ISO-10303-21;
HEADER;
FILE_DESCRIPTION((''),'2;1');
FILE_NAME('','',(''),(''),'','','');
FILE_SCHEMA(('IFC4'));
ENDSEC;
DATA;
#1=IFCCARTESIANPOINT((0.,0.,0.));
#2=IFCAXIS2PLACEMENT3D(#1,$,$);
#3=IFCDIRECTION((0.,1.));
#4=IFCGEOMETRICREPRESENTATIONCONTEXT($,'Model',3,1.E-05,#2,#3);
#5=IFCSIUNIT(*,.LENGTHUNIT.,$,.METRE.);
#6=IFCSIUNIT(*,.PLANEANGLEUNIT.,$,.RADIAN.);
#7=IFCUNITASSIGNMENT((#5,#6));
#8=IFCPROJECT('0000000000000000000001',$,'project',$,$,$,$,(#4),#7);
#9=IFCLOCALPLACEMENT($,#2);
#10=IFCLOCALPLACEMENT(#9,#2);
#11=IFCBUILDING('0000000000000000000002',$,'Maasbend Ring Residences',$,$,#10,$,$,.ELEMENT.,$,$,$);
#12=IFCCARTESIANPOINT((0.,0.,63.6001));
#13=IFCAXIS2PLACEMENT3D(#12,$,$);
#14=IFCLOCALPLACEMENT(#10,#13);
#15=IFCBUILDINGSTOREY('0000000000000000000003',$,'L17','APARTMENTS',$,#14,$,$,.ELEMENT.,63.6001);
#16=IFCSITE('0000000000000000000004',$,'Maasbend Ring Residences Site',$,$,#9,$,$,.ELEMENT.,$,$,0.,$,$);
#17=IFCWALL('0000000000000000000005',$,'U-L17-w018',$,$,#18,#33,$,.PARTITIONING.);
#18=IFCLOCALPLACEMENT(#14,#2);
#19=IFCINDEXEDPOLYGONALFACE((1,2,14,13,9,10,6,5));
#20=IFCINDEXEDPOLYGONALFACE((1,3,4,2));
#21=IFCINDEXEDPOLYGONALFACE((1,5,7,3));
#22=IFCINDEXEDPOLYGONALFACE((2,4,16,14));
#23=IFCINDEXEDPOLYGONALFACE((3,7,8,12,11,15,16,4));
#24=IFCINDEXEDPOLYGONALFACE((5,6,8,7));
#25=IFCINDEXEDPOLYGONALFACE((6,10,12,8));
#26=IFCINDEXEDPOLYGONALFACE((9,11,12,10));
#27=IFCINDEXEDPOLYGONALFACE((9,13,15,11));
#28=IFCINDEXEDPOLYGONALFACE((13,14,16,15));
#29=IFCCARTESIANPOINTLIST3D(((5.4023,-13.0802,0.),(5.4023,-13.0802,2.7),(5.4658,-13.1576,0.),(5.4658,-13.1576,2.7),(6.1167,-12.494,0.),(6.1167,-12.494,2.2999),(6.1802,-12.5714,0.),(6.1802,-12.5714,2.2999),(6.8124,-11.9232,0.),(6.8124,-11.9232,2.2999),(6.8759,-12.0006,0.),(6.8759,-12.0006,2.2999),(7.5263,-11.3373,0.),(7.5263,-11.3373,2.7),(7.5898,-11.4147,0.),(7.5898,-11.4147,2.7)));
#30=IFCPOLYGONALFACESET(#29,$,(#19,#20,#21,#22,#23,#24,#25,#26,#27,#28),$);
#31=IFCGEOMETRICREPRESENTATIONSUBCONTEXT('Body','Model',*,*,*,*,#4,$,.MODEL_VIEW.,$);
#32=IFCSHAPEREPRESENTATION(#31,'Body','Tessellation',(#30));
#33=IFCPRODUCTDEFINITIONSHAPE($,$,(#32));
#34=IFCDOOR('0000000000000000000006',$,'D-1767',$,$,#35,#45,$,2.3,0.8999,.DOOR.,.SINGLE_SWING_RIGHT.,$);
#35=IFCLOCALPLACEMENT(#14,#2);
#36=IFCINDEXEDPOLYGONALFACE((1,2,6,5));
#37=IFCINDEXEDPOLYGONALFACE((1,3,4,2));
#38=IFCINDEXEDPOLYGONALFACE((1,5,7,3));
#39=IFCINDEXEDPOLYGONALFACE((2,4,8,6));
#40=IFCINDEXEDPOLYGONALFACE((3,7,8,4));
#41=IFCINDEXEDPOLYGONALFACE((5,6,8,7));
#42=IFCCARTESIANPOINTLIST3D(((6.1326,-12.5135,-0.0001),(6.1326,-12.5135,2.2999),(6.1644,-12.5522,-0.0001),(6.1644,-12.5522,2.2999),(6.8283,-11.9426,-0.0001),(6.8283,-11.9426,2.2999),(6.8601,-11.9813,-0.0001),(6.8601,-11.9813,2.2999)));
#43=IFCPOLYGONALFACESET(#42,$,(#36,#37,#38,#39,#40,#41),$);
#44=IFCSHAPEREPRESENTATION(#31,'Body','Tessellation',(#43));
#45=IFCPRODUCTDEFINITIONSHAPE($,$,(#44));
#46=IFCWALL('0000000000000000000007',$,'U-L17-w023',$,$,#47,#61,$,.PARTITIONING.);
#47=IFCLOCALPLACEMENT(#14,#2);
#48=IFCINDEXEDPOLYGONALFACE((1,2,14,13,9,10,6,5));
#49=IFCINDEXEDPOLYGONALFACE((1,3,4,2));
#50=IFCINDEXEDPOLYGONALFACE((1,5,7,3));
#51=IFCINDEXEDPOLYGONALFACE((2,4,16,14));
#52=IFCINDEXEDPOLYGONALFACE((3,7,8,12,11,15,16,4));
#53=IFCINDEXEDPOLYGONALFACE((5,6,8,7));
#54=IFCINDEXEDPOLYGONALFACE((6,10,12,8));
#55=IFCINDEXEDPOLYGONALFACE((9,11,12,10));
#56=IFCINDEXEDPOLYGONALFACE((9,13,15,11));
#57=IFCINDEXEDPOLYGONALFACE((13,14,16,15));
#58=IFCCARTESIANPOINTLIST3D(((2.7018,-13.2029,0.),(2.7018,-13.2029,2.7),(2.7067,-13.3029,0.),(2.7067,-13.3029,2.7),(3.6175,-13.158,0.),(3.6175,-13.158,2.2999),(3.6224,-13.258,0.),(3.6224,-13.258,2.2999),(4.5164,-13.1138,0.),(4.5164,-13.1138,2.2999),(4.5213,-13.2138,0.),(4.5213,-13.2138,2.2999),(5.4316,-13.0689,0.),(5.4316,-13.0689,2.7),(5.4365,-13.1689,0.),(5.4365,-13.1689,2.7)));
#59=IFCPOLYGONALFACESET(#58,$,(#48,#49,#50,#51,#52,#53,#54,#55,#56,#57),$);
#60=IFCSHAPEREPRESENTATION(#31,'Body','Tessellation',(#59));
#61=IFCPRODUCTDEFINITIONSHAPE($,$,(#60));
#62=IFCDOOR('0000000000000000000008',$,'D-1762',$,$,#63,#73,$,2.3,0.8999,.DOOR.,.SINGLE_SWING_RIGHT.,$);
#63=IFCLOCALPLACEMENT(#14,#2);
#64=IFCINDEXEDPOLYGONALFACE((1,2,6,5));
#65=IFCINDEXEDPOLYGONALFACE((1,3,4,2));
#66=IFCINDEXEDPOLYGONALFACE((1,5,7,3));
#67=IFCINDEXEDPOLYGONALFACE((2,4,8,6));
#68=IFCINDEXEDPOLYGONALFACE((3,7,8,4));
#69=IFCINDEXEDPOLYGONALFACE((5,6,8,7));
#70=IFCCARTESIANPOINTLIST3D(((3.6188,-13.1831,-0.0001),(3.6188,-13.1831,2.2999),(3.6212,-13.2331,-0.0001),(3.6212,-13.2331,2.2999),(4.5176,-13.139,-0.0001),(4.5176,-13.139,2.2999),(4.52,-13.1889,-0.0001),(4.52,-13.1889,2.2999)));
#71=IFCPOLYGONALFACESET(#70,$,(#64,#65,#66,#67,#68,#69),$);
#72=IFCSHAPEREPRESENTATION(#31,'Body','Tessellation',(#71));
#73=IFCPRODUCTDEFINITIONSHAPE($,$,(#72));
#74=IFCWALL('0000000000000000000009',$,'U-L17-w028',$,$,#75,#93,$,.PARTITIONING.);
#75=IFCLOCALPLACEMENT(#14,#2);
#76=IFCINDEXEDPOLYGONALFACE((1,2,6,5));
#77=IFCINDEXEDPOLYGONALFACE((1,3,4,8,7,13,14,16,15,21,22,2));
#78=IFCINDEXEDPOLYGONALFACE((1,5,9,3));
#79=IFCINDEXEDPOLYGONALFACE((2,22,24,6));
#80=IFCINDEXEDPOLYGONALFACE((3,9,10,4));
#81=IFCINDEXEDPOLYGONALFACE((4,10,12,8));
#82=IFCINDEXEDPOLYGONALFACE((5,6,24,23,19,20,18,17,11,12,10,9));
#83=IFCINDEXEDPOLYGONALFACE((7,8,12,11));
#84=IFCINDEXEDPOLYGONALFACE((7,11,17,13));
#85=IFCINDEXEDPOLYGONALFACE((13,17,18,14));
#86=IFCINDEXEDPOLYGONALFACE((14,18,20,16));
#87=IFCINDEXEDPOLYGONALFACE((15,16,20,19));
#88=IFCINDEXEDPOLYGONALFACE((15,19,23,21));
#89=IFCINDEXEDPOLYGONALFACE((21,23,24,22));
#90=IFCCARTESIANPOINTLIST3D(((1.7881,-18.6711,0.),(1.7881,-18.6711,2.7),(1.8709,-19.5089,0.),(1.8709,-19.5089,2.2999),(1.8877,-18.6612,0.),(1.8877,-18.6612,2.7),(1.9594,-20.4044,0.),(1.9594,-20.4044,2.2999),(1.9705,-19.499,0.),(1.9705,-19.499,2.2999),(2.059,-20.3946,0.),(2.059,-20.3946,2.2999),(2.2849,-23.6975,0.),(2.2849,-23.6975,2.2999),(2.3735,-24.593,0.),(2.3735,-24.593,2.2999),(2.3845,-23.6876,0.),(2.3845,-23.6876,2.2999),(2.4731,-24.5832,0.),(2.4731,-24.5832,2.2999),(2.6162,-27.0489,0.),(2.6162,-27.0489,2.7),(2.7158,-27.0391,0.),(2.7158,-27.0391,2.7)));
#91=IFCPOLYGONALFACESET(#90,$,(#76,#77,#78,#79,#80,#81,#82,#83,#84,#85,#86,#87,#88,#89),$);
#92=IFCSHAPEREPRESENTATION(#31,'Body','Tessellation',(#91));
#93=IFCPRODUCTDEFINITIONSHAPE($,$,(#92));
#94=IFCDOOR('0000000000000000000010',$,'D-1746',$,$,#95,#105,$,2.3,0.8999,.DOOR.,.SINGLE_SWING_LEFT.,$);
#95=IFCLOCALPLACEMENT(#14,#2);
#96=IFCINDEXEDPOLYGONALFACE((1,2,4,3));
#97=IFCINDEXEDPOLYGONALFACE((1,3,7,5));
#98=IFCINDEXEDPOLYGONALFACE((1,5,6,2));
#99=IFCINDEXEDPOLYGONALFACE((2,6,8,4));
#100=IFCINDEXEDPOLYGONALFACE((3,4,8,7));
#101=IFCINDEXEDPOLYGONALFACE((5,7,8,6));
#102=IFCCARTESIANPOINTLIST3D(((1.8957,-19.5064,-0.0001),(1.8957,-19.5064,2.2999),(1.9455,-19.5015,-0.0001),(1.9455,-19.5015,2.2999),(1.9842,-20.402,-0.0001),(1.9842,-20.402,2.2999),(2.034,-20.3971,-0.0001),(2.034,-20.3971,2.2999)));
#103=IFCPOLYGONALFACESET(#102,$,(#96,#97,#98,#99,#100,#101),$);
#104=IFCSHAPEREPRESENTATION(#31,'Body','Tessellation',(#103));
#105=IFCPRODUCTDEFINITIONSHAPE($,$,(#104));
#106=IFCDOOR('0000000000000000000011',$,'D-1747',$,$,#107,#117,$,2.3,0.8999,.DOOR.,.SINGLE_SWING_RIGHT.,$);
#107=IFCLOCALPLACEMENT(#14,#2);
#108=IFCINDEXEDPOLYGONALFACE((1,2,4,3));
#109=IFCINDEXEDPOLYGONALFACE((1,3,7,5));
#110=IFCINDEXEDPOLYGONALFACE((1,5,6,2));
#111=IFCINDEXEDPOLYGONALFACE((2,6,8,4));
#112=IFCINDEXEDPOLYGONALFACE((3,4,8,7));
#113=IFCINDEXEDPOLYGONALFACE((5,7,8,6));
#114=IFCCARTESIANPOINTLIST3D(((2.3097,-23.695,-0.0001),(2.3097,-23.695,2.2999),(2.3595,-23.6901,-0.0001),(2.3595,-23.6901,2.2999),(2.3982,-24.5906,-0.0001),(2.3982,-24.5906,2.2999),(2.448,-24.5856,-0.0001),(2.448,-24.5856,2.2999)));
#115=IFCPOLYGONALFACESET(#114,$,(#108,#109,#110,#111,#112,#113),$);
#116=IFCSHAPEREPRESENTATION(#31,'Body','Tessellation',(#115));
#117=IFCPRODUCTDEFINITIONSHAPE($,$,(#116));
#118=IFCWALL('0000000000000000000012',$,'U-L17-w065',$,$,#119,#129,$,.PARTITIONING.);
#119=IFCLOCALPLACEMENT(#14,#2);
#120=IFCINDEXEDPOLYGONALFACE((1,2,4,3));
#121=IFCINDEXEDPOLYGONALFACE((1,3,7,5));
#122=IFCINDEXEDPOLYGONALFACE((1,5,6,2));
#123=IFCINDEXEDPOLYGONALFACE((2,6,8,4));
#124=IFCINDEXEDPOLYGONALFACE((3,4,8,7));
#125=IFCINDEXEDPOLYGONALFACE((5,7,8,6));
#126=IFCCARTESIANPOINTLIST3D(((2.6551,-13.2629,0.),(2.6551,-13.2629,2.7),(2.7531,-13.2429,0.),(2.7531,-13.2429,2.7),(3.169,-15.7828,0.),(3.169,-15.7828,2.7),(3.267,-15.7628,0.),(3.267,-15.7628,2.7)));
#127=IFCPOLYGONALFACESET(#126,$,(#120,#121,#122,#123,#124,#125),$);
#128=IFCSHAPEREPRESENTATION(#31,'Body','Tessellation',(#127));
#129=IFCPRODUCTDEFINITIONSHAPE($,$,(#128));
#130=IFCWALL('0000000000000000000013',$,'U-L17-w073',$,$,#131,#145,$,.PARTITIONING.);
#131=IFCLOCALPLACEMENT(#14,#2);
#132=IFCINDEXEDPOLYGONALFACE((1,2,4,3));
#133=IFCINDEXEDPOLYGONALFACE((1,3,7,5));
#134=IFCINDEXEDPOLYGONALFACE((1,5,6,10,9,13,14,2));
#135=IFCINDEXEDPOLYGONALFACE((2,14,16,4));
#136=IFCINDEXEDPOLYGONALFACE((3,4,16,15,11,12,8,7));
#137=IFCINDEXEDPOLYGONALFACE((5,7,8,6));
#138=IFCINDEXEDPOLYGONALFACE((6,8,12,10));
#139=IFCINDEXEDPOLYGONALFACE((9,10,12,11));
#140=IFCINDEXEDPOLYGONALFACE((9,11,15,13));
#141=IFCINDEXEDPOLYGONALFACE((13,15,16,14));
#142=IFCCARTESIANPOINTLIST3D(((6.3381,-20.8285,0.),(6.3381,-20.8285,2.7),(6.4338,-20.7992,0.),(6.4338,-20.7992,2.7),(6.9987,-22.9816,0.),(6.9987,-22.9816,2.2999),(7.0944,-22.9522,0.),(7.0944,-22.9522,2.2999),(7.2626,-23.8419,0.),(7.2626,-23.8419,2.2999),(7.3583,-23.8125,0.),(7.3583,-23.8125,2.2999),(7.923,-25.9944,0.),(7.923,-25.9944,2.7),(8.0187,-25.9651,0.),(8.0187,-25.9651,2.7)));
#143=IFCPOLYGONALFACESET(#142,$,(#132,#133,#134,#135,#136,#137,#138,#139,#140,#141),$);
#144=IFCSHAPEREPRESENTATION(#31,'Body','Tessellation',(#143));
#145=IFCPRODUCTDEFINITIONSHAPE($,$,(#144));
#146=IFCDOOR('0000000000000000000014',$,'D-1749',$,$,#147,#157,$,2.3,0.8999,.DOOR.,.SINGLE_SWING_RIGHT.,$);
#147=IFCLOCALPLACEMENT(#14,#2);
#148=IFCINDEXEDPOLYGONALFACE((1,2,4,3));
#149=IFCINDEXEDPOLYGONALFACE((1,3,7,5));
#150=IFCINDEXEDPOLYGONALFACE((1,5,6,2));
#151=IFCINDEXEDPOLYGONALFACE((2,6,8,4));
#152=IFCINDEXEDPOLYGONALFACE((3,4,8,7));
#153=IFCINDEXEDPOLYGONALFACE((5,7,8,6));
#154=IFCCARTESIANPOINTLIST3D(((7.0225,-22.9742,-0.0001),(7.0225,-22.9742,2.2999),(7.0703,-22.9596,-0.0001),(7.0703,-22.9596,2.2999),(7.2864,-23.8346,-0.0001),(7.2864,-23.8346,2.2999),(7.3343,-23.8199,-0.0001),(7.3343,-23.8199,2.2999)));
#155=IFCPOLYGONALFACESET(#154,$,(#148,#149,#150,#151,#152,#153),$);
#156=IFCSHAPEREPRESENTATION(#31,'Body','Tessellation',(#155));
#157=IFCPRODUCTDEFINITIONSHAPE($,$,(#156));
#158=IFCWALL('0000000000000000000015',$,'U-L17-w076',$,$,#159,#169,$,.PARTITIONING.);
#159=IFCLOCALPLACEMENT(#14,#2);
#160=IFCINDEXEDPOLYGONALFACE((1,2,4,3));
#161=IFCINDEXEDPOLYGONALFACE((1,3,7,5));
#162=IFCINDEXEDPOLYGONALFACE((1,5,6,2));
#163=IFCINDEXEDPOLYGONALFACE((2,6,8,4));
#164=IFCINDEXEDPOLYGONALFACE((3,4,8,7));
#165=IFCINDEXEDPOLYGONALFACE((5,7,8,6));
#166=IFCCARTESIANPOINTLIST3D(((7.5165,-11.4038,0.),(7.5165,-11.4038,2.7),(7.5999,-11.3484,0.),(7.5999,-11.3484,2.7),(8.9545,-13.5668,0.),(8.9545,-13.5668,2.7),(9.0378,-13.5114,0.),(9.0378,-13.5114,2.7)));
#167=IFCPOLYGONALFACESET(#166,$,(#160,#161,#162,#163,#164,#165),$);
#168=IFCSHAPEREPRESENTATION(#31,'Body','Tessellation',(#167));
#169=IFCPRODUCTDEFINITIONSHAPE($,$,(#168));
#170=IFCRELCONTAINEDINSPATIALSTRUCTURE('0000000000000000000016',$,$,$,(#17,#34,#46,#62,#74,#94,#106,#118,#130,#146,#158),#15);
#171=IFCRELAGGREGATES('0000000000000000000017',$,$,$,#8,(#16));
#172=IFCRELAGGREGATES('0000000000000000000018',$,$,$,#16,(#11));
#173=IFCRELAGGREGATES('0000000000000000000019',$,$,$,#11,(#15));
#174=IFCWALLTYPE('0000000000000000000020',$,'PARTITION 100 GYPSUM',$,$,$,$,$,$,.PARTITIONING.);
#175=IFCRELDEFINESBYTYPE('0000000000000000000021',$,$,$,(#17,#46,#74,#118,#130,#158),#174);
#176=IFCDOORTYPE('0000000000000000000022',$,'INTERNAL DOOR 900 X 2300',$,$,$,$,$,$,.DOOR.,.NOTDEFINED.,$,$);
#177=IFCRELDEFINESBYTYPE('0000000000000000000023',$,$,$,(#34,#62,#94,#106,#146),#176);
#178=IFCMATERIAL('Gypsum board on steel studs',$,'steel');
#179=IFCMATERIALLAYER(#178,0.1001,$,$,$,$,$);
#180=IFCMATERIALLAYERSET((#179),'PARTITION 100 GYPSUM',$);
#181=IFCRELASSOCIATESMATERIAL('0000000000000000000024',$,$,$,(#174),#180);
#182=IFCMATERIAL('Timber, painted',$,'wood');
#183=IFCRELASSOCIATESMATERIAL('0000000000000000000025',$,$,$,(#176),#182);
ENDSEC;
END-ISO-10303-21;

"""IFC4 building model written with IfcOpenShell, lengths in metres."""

from ifc_helpers import new_model, si_unit, direction, frame, frame_2d, origin, place, context, subcontext, project, spatial, rectangle, extrude, material, layer, layer_set, type_object, element, fill, save


model = new_model("IFC4")

# Units and contexts
model_context = context("Model", 3, precision=1e-05, world=origin(), true_north=direction((0.0, 1.0)))
body_context = subcontext(model_context, "Body", "Model", "MODEL_VIEW")
ifc_project = project(units=[si_unit("LENGTHUNIT", "METRE"), si_unit("PLANEANGLEUNIT", "RADIAN")], contexts=[model_context])

# Site, building, storey
site_placement = place(None, origin())
site = spatial("IfcSite", under=ifc_project, at=site_placement, Name="Maasbend Ring Residences Site", CompositionType="ELEMENT", RefElevation=0.0)
building_placement = place(site_placement, origin())
building = spatial("IfcBuilding", under=site, at=building_placement, Name="Maasbend Ring Residences", CompositionType="ELEMENT")
storey_placement = place(building_placement, frame((0.0, 0.0, 63.6001)))
storey = spatial("IfcBuildingStorey", under=building, at=storey_placement, Name="L17", Description="APARTMENTS", CompositionType="ELEMENT", Elevation=63.6001)

# Shared definitions
ifc_material_1 = material(Name="Gypsum board on steel studs", Category="steel")
ifc_layer_1 = layer(ifc_material_1, 0.1001)
ifc_layer_set_1 = layer_set([ifc_layer_1], Name="PARTITION 100 GYPSUM")
wall_type_1 = type_object("IfcWallType", Name="PARTITION 100 GYPSUM", PredefinedType="PARTITIONING", material=ifc_layer_set_1)

# Walls, openings, doors
wall_1_placement = place(storey_placement, frame((5.4341, -13.1189, 0.0), z_axis=(0.0, 0.0, 1.0), x_axis=(0.77305, 0.634345, 0.0)))
wall_1 = element("IfcWall", 1, at=wall_1_placement, inside=storey, type_object=wall_type_1, Name="U-L17-w018", PredefinedType="PARTITIONING", context=body_context, shape_type="SweptSolid", body=[
    extrude(rectangle(XDim=2.7476, YDim=0.1001, at=frame_2d((1.3738, 0.0))), origin(), (0.0, 0.0, 1.0), 2.7),
])
opening_1_placement = place(wall_1_placement, frame((0.9241, 0.0, 0.0)))
opening_1 = element("IfcOpeningElement", 2, at=opening_1_placement, cuts=wall_1, PredefinedType="OPENING", context=body_context, shape_type="SweptSolid", body=[
    extrude(rectangle(XDim=0.8999, YDim=2.3, at=frame_2d((0.45, 1.1499))), frame((0.0, 0.0601, 0.0), z_axis=(0.0, -1.0, 0.0), x_axis=(1.0, 0.0, 0.0)), (0.0, 0.0, 1.0), 0.1201),
])
ifc_material_2 = material(Name="Timber, painted", Category="wood")
door_type_1 = type_object("IfcDoorType", Name="INTERNAL DOOR 900 X 2300", OperationType="NOTDEFINED", PredefinedType="DOOR", material=ifc_material_2)
door_1_placement = place(opening_1_placement, origin())
door_1 = element("IfcDoor", 3, at=door_1_placement, inside=storey, type_object=door_type_1, Name="D-1767", OperationType="SINGLE_SWING_RIGHT", OverallHeight=2.3, OverallWidth=0.8999, PredefinedType="DOOR", context=body_context, shape_type="SweptSolid", body=[
    extrude(rectangle(XDim=0.8999, YDim=2.3, at=frame_2d((0.45, 1.1499))), frame((0.0, 0.0249, 0.0), z_axis=(0.0, -1.0, 0.0), x_axis=(1.0, 0.0, 0.0)), (0.0, 0.0, 1.0), 0.05),
])
fill(opening_1, door_1)
wall_2_placement = place(storey_placement, frame((2.7041, -13.2529, 0.0), z_axis=(0.0, 0.0, 1.0), x_axis=(0.998797, 0.049038, 0.0)))
wall_2 = element("IfcWall", 4, at=wall_2_placement, inside=storey, type_object=wall_type_1, Name="U-L17-w023", PredefinedType="PARTITIONING", context=body_context, shape_type="SweptSolid", body=[
    extrude(rectangle(XDim=2.7332, YDim=0.1001, at=frame_2d((1.3667, 0.0))), origin(), (0.0, 0.0, 1.0), 2.7),
])
opening_2_placement = place(wall_2_placement, frame((0.917, 0.0, 0.0)))
opening_2 = element("IfcOpeningElement", 5, at=opening_2_placement, cuts=wall_2, PredefinedType="OPENING", context=body_context, shape_type="SweptSolid", body=[
    extrude(rectangle(XDim=0.8999, YDim=2.3, at=frame_2d((0.45, 1.1499))), frame((0.0, 0.0601, 0.0), z_axis=(0.0, -1.0, 0.0), x_axis=(1.0, 0.0, 0.0)), (0.0, 0.0, 1.0), 0.1201),
])
door_2_placement = place(opening_2_placement, origin())
door_2 = element("IfcDoor", 6, at=door_2_placement, inside=storey, type_object=door_type_1, Name="D-1762", OperationType="SINGLE_SWING_RIGHT", OverallHeight=2.3, OverallWidth=0.8999, PredefinedType="DOOR", context=body_context, shape_type="SweptSolid", body=[
    extrude(rectangle(XDim=0.8999, YDim=2.3, at=frame_2d((0.45, 1.1499))), frame((0.0, 0.0249, 0.0), z_axis=(0.0, -1.0, 0.0), x_axis=(1.0, 0.0, 0.0)), (0.0, 0.0, 1.0), 0.05),
])
fill(opening_2, door_2)

# Wall, openings, doors
wall_3_placement = place(storey_placement, frame((1.8379, -18.666, 0.0), z_axis=(0.0, 0.0, 1.0), x_axis=(0.098367, -0.99515, 0.0)))
wall_3 = element("IfcWall", 7, at=wall_3_placement, inside=storey, type_object=wall_type_1, Name="U-L17-w028", PredefinedType="PARTITIONING", context=body_context, shape_type="SweptSolid", body=[
    extrude(rectangle(XDim=8.4187, YDim=0.1001, at=frame_2d((4.2095, 0.0))), origin(), (0.0, 0.0, 1.0), 2.7),
])
opening_3_placement = place(wall_3_placement, frame((0.842, 0.0, 0.0)))
opening_3 = element("IfcOpeningElement", 8, at=opening_3_placement, cuts=wall_3, PredefinedType="OPENING", context=body_context, shape_type="SweptSolid", body=[
    extrude(rectangle(XDim=0.8999, YDim=2.3, at=frame_2d((0.45, 1.1499))), frame((0.0, 0.0601, 0.0), z_axis=(0.0, -1.0, 0.0), x_axis=(1.0, 0.0, 0.0)), (0.0, 0.0, 1.0), 0.1201),
])
opening_4_placement = place(wall_3_placement, frame((5.051, 0.0, 0.0)))
opening_4 = element("IfcOpeningElement", 9, at=opening_4_placement, cuts=wall_3, PredefinedType="OPENING", context=body_context, shape_type="SweptSolid", body=[
    extrude(rectangle(XDim=0.8999, YDim=2.3, at=frame_2d((0.45, 1.1499))), frame((0.0, 0.0601, 0.0), z_axis=(0.0, -1.0, 0.0), x_axis=(1.0, 0.0, 0.0)), (0.0, 0.0, 1.0), 0.1201),
])
door_3_placement = place(opening_3_placement, origin())
door_3 = element("IfcDoor", 10, at=door_3_placement, inside=storey, type_object=door_type_1, Name="D-1746", OperationType="SINGLE_SWING_LEFT", OverallHeight=2.3, OverallWidth=0.8999, PredefinedType="DOOR", context=body_context, shape_type="SweptSolid", body=[
    extrude(rectangle(XDim=0.8999, YDim=2.3, at=frame_2d((0.45, 1.1499))), frame((0.0, 0.0249, 0.0), z_axis=(0.0, -1.0, 0.0), x_axis=(1.0, 0.0, 0.0)), (0.0, 0.0, 1.0), 0.05),
])
fill(opening_3, door_3)
door_4_placement = place(opening_4_placement, origin())
door_4 = element("IfcDoor", 11, at=door_4_placement, inside=storey, type_object=door_type_1, Name="D-1747", OperationType="SINGLE_SWING_RIGHT", OverallHeight=2.3, OverallWidth=0.8999, PredefinedType="DOOR", context=body_context, shape_type="SweptSolid", body=[
    extrude(rectangle(XDim=0.8999, YDim=2.3, at=frame_2d((0.45, 1.1499))), frame((0.0, 0.0249, 0.0), z_axis=(0.0, -1.0, 0.0), x_axis=(1.0, 0.0, 0.0)), (0.0, 0.0, 1.0), 0.05),
])
fill(opening_4, door_4)

# Wall
wall_4_placement = place(storey_placement, frame((2.7041, -13.2529, 0.0), z_axis=(0.0, 0.0, 1.0), x_axis=(0.199821, -0.979833, 0.0)))
element("IfcWall", 12, at=wall_4_placement, inside=storey, type_object=wall_type_1, Name="U-L17-w065", PredefinedType="PARTITIONING", context=body_context, shape_type="SweptSolid", body=[
    extrude(rectangle(XDim=2.5718, YDim=0.1001, at=frame_2d((1.2859, 0.0))), origin(), (0.0, 0.0, 1.0), 2.7),
])

# Wall, opening, door
wall_5_placement = place(storey_placement, frame((6.386, -20.814, 0.0), z_axis=(0.0, 0.0, 1.0), x_axis=(0.293311, -0.956017, 0.0)))
wall_5 = element("IfcWall", 13, at=wall_5_placement, inside=storey, type_object=wall_type_1, Name="U-L17-w073", PredefinedType="PARTITIONING", context=body_context, shape_type="SweptSolid", body=[
    extrude(rectangle(XDim=5.4036, YDim=0.1001, at=frame_2d((2.7017, 0.0))), origin(), (0.0, 0.0, 1.0), 2.7),
])
opening_5_placement = place(wall_5_placement, frame((2.252, 0.0, 0.0)))
opening_5 = element("IfcOpeningElement", 14, at=opening_5_placement, cuts=wall_5, PredefinedType="OPENING", context=body_context, shape_type="SweptSolid", body=[
    extrude(rectangle(XDim=0.8999, YDim=2.3, at=frame_2d((0.45, 1.1499))), frame((0.0, 0.0601, 0.0), z_axis=(0.0, -1.0, 0.0), x_axis=(1.0, 0.0, 0.0)), (0.0, 0.0, 1.0), 0.1201),
])
door_5_placement = place(opening_5_placement, origin())
door_5 = element("IfcDoor", 15, at=door_5_placement, inside=storey, type_object=door_type_1, Name="D-1749", OperationType="SINGLE_SWING_RIGHT", OverallHeight=2.3, OverallWidth=0.8999, PredefinedType="DOOR", context=body_context, shape_type="SweptSolid", body=[
    extrude(rectangle(XDim=0.8999, YDim=2.3, at=frame_2d((0.45, 1.1499))), frame((0.0, 0.0249, 0.0), z_axis=(0.0, -1.0, 0.0), x_axis=(1.0, 0.0, 0.0)), (0.0, 0.0, 1.0), 0.05),
])
fill(opening_5, door_5)

# Wall
wall_6_placement = place(storey_placement, frame((7.5581, -11.376, 0.0), z_axis=(0.0, 0.0, 1.0), x_axis=(0.553615, -0.832773, 0.0)))
element("IfcWall", 16, at=wall_6_placement, inside=storey, type_object=wall_type_1, Name="U-L17-w076", PredefinedType="PARTITIONING", context=body_context, shape_type="SweptSolid", body=[
    extrude(rectangle(XDim=2.5974, YDim=0.1001, at=frame_2d((1.2988, 0.0))), origin(), (0.0, 0.0, 1.0), 2.7),
])

save(model, "model.ifc")
